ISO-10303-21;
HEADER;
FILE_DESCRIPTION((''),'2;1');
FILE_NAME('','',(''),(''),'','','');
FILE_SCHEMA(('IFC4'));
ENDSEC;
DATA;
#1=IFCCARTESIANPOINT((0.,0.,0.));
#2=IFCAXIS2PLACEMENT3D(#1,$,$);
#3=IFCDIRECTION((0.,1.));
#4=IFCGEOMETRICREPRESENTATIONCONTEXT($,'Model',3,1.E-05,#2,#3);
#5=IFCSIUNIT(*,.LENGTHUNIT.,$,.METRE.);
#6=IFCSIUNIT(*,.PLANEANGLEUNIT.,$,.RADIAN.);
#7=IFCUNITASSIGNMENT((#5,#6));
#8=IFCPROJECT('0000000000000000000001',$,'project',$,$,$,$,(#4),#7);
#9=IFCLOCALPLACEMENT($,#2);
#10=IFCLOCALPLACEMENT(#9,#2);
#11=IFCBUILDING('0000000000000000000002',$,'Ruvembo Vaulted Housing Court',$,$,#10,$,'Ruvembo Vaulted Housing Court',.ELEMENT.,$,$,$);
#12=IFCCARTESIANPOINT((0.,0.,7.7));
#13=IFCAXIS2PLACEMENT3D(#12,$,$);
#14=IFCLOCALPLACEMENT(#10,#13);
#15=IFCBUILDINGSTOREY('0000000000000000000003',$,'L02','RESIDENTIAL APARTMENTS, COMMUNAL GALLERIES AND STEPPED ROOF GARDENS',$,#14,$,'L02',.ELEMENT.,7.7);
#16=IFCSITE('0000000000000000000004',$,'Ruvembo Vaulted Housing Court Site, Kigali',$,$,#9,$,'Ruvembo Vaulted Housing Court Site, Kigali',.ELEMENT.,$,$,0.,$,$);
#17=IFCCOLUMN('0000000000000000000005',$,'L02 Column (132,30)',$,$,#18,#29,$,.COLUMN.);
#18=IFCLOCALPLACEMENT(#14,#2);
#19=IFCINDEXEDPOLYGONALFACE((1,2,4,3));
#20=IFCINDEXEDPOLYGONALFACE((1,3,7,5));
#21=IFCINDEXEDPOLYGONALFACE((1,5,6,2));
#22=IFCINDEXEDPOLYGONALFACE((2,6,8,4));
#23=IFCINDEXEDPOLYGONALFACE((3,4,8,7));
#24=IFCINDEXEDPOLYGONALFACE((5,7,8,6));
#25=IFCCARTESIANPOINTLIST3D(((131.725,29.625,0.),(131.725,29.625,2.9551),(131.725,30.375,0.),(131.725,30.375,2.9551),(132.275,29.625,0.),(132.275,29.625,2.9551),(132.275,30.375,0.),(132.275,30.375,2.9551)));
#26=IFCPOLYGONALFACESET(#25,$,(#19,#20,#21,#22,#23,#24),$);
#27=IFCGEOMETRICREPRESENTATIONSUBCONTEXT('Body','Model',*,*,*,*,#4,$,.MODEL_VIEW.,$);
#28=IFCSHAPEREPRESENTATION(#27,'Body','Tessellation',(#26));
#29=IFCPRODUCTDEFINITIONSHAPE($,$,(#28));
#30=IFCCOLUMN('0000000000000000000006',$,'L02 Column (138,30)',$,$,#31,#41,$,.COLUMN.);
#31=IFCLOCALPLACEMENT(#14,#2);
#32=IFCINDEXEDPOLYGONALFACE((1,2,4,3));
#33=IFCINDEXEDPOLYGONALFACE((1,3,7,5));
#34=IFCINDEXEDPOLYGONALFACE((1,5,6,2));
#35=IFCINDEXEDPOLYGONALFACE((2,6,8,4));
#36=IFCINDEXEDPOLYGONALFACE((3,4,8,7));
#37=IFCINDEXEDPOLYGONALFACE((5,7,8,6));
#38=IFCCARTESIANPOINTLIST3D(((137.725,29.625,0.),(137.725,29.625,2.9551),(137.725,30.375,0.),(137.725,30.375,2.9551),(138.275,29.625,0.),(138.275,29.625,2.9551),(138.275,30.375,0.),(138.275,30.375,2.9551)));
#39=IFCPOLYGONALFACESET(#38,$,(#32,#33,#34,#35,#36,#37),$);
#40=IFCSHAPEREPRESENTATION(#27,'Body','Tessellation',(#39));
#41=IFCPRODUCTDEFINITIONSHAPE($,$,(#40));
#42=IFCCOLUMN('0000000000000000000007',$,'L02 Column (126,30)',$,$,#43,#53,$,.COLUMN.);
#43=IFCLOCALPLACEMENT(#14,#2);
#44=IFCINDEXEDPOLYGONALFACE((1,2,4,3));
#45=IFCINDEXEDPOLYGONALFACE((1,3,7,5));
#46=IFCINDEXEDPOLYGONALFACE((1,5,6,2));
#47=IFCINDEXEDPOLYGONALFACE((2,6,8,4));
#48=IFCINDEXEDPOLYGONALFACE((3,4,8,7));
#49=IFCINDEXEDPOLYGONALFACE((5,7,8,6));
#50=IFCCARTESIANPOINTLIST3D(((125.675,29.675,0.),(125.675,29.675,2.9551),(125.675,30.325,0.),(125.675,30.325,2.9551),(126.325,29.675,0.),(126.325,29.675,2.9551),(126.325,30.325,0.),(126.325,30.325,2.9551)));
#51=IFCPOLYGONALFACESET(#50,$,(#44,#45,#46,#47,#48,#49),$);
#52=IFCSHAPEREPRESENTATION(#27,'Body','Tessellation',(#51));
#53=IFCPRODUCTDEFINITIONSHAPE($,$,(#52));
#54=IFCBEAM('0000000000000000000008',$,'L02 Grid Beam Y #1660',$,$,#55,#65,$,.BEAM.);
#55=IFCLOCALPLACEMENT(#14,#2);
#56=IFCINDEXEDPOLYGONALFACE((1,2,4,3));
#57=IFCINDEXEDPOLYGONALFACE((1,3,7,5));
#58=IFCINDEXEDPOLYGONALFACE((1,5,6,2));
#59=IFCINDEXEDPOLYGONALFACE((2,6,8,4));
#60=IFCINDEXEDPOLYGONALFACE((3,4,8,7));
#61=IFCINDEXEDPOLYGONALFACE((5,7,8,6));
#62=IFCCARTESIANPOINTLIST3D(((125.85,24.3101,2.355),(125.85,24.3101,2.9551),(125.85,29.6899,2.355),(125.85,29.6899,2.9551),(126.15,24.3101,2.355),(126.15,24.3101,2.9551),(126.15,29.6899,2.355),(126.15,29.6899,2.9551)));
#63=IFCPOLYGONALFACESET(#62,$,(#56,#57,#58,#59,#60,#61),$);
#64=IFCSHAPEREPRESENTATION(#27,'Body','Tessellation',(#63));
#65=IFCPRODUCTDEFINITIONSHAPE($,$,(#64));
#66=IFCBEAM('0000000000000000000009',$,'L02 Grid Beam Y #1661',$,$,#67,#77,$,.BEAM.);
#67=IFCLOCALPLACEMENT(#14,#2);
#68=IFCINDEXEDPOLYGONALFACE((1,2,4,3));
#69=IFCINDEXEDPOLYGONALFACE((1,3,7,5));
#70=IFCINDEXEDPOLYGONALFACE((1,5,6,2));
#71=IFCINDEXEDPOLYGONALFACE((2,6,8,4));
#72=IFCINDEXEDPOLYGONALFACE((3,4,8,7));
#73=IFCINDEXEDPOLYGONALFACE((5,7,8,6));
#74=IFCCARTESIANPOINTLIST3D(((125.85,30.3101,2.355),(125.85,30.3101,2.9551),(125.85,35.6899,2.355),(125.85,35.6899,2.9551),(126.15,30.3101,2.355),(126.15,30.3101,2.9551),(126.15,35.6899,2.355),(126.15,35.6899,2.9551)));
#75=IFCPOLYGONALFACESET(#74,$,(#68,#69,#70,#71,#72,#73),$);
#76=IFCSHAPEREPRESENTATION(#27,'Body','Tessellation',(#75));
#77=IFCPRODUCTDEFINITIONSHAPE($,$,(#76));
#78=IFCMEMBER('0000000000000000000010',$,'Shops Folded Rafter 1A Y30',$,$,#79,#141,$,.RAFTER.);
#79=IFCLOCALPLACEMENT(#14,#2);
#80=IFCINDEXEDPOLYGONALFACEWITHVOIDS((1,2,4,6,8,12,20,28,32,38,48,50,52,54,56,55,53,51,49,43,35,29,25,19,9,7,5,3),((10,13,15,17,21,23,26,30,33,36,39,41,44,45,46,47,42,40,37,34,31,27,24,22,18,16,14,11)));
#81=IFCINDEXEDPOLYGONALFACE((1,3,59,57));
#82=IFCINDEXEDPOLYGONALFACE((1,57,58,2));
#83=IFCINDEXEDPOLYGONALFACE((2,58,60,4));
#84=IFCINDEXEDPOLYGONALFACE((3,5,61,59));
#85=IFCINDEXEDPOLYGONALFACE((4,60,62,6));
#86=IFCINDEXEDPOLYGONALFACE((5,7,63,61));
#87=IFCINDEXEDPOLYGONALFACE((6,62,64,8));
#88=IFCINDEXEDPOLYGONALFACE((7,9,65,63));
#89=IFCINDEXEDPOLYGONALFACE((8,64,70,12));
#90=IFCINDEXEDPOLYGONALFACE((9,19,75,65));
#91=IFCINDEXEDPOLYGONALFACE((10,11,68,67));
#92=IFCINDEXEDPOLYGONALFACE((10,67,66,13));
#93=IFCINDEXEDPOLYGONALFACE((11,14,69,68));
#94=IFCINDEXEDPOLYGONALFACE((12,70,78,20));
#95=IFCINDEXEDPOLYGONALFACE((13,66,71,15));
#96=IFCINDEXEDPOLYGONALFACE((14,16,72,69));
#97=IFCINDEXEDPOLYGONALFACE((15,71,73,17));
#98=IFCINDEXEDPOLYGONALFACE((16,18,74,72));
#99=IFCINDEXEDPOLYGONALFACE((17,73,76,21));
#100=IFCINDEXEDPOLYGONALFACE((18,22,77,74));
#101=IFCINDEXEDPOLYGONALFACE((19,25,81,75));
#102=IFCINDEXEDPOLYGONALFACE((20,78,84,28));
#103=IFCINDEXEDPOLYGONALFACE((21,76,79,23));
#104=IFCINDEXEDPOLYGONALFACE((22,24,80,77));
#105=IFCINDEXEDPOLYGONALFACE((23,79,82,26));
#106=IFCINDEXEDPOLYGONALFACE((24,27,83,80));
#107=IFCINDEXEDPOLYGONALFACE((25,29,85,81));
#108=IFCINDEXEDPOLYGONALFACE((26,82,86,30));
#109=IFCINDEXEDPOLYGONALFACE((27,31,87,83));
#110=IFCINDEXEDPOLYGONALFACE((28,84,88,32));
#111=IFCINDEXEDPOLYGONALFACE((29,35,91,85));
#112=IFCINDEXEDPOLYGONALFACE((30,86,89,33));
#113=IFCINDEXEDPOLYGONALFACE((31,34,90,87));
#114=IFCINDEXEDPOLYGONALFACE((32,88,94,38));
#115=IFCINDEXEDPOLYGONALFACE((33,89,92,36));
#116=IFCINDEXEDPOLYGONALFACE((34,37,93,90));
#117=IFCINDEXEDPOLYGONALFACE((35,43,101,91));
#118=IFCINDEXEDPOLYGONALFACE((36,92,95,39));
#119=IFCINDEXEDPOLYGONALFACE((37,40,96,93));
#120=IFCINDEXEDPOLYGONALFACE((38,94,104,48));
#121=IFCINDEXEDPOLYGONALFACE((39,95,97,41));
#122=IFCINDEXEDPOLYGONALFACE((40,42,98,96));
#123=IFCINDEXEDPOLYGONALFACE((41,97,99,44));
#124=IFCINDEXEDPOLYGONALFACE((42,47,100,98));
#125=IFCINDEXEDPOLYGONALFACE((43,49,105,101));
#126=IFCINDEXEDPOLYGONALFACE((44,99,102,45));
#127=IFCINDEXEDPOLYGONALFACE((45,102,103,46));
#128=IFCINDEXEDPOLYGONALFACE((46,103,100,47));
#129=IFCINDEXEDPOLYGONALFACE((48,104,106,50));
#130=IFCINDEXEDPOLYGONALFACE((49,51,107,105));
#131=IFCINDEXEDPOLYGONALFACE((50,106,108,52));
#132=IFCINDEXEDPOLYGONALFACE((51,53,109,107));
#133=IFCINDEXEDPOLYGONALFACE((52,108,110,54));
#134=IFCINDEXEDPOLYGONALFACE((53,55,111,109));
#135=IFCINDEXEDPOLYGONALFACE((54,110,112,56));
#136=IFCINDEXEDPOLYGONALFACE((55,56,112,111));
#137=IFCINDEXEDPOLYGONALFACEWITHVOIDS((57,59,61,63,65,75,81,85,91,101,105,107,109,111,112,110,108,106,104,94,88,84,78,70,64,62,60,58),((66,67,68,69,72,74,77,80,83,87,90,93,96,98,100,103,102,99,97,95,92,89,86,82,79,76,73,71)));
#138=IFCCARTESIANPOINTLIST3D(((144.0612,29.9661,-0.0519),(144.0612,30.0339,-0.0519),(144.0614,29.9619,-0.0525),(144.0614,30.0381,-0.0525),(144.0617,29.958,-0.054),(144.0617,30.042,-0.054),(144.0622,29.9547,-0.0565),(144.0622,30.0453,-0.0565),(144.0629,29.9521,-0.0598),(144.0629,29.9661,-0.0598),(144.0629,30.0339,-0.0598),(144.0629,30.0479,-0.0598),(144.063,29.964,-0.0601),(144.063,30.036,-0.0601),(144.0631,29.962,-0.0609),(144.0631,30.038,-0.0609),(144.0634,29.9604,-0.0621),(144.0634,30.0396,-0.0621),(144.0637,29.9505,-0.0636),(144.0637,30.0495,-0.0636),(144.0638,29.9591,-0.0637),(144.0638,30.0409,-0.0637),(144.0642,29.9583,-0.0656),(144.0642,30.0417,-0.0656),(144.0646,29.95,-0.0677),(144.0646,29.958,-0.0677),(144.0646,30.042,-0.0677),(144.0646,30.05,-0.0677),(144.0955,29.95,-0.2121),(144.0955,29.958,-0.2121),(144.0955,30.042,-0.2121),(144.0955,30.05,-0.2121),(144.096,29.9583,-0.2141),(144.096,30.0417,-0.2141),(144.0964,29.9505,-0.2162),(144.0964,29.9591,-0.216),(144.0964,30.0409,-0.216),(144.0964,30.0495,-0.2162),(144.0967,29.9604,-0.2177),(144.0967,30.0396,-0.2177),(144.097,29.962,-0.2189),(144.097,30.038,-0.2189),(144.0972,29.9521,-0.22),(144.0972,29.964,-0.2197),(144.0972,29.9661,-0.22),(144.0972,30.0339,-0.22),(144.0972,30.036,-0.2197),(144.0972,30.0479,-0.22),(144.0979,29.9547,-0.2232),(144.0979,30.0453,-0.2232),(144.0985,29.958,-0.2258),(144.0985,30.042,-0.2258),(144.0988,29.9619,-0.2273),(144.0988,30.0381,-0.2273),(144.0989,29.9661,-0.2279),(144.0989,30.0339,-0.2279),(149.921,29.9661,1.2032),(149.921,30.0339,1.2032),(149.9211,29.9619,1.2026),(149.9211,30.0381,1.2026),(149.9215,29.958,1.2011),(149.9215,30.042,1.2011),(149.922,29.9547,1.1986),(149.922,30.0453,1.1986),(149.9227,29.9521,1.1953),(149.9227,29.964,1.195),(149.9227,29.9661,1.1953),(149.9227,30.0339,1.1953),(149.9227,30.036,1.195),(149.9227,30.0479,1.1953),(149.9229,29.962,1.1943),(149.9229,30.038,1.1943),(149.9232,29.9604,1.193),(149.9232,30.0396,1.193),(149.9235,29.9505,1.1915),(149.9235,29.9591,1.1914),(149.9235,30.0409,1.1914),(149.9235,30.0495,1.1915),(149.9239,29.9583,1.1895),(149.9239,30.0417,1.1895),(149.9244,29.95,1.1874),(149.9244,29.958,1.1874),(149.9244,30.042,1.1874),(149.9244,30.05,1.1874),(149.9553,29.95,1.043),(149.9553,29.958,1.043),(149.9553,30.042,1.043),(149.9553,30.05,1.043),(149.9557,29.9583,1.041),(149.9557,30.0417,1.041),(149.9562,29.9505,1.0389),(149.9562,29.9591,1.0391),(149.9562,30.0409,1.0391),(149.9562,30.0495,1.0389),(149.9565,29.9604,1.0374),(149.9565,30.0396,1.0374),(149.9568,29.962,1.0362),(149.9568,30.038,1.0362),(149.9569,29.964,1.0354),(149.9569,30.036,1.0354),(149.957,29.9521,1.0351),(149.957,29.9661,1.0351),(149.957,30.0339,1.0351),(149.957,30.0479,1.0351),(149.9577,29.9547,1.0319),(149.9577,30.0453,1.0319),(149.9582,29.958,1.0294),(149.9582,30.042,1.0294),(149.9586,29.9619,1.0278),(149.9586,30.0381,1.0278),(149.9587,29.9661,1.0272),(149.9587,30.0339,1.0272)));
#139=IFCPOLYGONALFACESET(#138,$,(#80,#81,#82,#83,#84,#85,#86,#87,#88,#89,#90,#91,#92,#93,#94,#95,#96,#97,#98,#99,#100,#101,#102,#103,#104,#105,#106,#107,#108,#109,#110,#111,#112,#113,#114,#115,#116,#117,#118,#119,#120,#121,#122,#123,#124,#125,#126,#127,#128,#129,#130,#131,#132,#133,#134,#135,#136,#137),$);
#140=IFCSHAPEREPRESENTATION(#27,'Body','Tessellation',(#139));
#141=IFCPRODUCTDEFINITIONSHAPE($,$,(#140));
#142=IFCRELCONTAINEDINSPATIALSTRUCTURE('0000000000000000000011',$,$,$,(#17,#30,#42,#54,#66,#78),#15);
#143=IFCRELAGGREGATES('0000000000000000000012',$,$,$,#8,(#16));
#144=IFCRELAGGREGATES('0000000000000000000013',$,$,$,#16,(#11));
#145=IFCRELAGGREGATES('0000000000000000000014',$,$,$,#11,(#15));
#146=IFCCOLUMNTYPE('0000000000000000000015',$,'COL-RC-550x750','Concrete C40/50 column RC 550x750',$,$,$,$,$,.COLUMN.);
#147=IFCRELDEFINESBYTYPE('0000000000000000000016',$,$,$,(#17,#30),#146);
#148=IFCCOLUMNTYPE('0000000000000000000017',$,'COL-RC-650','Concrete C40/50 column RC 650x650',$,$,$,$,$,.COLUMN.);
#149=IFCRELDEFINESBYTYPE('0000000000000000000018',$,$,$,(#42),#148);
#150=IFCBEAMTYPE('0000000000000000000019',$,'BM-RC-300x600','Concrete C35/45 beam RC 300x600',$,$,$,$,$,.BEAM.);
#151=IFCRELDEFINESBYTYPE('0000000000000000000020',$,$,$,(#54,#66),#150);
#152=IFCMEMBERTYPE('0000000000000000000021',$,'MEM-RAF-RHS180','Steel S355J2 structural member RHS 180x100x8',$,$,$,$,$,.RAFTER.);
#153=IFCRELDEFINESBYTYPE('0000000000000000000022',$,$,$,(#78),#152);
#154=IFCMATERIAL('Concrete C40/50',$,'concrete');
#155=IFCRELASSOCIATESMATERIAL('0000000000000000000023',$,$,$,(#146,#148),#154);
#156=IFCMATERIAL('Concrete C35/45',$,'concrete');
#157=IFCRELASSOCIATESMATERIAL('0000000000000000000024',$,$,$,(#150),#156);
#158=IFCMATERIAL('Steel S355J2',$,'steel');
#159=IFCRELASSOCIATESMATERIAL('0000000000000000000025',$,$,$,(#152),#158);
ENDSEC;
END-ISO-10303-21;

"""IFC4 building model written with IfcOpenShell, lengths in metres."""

from ifc_helpers import new_model, si_unit, direction, frame, origin, origin_2d, place, context, subcontext, project, spatial, rectangle, hollow_rectangle, extrude, material, material_profile, profile_set, type_object, element, save


model = new_model("IFC4")

# Units and contexts
model_context = context("Model", 3, precision=1e-05, world=origin(), true_north=direction((0.0, 1.0)))
body_context = subcontext(model_context, "Body", "Model", "MODEL_VIEW")
ifc_project = project(units=[si_unit("LENGTHUNIT", "METRE"), si_unit("PLANEANGLEUNIT", "RADIAN")], contexts=[model_context])

# Site, building, storey
site_placement = place(None, origin())
site = spatial("IfcSite", under=ifc_project, at=site_placement, Name="Ruvembo Vaulted Housing Court Site, Kigali", LongName="Ruvembo Vaulted Housing Court Site, Kigali", CompositionType="ELEMENT", RefElevation=0.0)
building_placement = place(site_placement, origin())
building = spatial("IfcBuilding", under=site, at=building_placement, Name="Ruvembo Vaulted Housing Court", LongName="Ruvembo Vaulted Housing Court", CompositionType="ELEMENT")
storey_placement = place(building_placement, frame((0.0, 0.0, 7.7)))
storey = spatial("IfcBuildingStorey", under=building, at=storey_placement, Name="L02", Description="RESIDENTIAL APARTMENTS, COMMUNAL GALLERIES AND STEPPED ROOF GARDENS", LongName="L02", CompositionType="ELEMENT", Elevation=7.7)

# Columns
ifc_material_1 = material(Name="Concrete C40/50", Category="concrete")
ifc_material_profile_1 = material_profile(ifc_material_1, rectangle(XDim=0.55, YDim=0.75, at=origin_2d()), Name="RC 550x750")
ifc_profile_set_1 = profile_set([ifc_material_profile_1], Name="Concrete C40/50")
column_type_1 = type_object("IfcColumnType", Name="COL-RC-550x750", Description="Concrete C40/50 column RC 550x750", PredefinedType="COLUMN", material=ifc_profile_set_1)
for number, where, z_axis, x_axis, name in (
    (1, (132.0, 30.0, 0.0), (0.0, 0.0, 1.0), (1.0, 0.0, 0.0), "L02 Column (132,30)"),
    (2, (138.0, 30.0, 0.0), (0.0, 0.0, 1.0), (1.0, 0.0, 0.0), "L02 Column (138,30)"),
):
    element("IfcColumn", number, at=place(storey_placement, frame(where, z_axis=z_axis, x_axis=x_axis)), inside=storey, type_object=column_type_1, Name=name, PredefinedType="COLUMN", context=body_context, shape_type="SweptSolid", body=[
        extrude(rectangle(XDim=0.55, YDim=0.75, at=origin_2d()), origin(), (0.0, 0.0, 1.0), 2.9551),
    ])
ifc_material_profile_2 = material_profile(ifc_material_1, rectangle(XDim=0.6499, YDim=0.6499, at=origin_2d()), Name="RC 650x650")
ifc_profile_set_2 = profile_set([ifc_material_profile_2], Name="Concrete C40/50")
column_type_2 = type_object("IfcColumnType", Name="COL-RC-650", Description="Concrete C40/50 column RC 650x650", PredefinedType="COLUMN", material=ifc_profile_set_2)
column_placement = place(storey_placement, frame((126.0, 30.0, 0.0), z_axis=(0.0, 0.0, 1.0), x_axis=(1.0, 0.0, 0.0)))
element("IfcColumn", 3, at=column_placement, inside=storey, type_object=column_type_2, Name="L02 Column (126,30)", PredefinedType="COLUMN", context=body_context, shape_type="SweptSolid", body=[
    extrude(rectangle(XDim=0.6499, YDim=0.6499, at=origin_2d()), origin(), (0.0, 0.0, 1.0), 2.9551),
])

# Beams
ifc_material_2 = material(Name="Concrete C35/45", Category="concrete")
ifc_material_profile_3 = material_profile(ifc_material_2, rectangle(XDim=0.3, YDim=0.6001, at=origin_2d()), Name="RC 300x600")
ifc_profile_set_3 = profile_set([ifc_material_profile_3], Name="Concrete C35/45")
beam_type_1 = type_object("IfcBeamType", Name="BM-RC-300x600", Description="Concrete C35/45 beam RC 300x600", PredefinedType="BEAM", material=ifc_profile_set_3)
for number, where, z_axis, x_axis, name in (
    (4, (126.0, 24.3101, 2.655), (0.0, 1.0, 0.0), (-1.0, 0.0, 0.0), "L02 Grid Beam Y #1660"),
    (5, (126.0, 30.3101, 2.655), (0.0, 1.0, 0.0), (-1.0, 0.0, 0.0), "L02 Grid Beam Y #1661"),
):
    element("IfcBeam", number, at=place(storey_placement, frame(where, z_axis=z_axis, x_axis=x_axis)), inside=storey, type_object=beam_type_1, Name=name, PredefinedType="BEAM", context=body_context, shape_type="SweptSolid", body=[
        extrude(rectangle(XDim=0.3, YDim=0.6001, at=origin_2d()), origin(), (0.0, 0.0, 1.0), 5.3799),
    ])

# Member
ifc_material_3 = material(Name="Steel S355J2", Category="steel")
ifc_material_profile_4 = material_profile(ifc_material_3, hollow_rectangle(XDim=0.1001, YDim=0.1799, WallThickness=0.0081, InnerFilletRadius=0.0081, OuterFilletRadius=0.0161, at=origin_2d()), Name="RHS 180x100x8")
ifc_profile_set_4 = profile_set([ifc_material_profile_4], Name="Steel S355J2")
member_type = type_object("IfcMemberType", Name="MEM-RAF-RHS180", Description="Steel S355J2 structural member RHS 180x100x8", PredefinedType="RAFTER", material=ifc_profile_set_4)
for number, where, z_axis, x_axis, name in (
    (6, (144.0801, 30.0, -0.1399), (0.977821, 0.0, 0.20944), (0.0, 1.0, 0.0), "Shops Folded Rafter 1A Y30"),
):
    element("IfcMember", number, at=place(storey_placement, frame(where, z_axis=z_axis, x_axis=x_axis)), inside=storey, type_object=member_type, Name=name, PredefinedType="RAFTER", context=body_context, shape_type="SweptSolid", body=[
        extrude(hollow_rectangle(XDim=0.1001, YDim=0.1799, WallThickness=0.0081, InnerFilletRadius=0.0081, OuterFilletRadius=0.0161, at=origin_2d()), origin(), (0.0, 0.0, 1.0), 5.9927),
    ])

save(model, "model.ifc")
